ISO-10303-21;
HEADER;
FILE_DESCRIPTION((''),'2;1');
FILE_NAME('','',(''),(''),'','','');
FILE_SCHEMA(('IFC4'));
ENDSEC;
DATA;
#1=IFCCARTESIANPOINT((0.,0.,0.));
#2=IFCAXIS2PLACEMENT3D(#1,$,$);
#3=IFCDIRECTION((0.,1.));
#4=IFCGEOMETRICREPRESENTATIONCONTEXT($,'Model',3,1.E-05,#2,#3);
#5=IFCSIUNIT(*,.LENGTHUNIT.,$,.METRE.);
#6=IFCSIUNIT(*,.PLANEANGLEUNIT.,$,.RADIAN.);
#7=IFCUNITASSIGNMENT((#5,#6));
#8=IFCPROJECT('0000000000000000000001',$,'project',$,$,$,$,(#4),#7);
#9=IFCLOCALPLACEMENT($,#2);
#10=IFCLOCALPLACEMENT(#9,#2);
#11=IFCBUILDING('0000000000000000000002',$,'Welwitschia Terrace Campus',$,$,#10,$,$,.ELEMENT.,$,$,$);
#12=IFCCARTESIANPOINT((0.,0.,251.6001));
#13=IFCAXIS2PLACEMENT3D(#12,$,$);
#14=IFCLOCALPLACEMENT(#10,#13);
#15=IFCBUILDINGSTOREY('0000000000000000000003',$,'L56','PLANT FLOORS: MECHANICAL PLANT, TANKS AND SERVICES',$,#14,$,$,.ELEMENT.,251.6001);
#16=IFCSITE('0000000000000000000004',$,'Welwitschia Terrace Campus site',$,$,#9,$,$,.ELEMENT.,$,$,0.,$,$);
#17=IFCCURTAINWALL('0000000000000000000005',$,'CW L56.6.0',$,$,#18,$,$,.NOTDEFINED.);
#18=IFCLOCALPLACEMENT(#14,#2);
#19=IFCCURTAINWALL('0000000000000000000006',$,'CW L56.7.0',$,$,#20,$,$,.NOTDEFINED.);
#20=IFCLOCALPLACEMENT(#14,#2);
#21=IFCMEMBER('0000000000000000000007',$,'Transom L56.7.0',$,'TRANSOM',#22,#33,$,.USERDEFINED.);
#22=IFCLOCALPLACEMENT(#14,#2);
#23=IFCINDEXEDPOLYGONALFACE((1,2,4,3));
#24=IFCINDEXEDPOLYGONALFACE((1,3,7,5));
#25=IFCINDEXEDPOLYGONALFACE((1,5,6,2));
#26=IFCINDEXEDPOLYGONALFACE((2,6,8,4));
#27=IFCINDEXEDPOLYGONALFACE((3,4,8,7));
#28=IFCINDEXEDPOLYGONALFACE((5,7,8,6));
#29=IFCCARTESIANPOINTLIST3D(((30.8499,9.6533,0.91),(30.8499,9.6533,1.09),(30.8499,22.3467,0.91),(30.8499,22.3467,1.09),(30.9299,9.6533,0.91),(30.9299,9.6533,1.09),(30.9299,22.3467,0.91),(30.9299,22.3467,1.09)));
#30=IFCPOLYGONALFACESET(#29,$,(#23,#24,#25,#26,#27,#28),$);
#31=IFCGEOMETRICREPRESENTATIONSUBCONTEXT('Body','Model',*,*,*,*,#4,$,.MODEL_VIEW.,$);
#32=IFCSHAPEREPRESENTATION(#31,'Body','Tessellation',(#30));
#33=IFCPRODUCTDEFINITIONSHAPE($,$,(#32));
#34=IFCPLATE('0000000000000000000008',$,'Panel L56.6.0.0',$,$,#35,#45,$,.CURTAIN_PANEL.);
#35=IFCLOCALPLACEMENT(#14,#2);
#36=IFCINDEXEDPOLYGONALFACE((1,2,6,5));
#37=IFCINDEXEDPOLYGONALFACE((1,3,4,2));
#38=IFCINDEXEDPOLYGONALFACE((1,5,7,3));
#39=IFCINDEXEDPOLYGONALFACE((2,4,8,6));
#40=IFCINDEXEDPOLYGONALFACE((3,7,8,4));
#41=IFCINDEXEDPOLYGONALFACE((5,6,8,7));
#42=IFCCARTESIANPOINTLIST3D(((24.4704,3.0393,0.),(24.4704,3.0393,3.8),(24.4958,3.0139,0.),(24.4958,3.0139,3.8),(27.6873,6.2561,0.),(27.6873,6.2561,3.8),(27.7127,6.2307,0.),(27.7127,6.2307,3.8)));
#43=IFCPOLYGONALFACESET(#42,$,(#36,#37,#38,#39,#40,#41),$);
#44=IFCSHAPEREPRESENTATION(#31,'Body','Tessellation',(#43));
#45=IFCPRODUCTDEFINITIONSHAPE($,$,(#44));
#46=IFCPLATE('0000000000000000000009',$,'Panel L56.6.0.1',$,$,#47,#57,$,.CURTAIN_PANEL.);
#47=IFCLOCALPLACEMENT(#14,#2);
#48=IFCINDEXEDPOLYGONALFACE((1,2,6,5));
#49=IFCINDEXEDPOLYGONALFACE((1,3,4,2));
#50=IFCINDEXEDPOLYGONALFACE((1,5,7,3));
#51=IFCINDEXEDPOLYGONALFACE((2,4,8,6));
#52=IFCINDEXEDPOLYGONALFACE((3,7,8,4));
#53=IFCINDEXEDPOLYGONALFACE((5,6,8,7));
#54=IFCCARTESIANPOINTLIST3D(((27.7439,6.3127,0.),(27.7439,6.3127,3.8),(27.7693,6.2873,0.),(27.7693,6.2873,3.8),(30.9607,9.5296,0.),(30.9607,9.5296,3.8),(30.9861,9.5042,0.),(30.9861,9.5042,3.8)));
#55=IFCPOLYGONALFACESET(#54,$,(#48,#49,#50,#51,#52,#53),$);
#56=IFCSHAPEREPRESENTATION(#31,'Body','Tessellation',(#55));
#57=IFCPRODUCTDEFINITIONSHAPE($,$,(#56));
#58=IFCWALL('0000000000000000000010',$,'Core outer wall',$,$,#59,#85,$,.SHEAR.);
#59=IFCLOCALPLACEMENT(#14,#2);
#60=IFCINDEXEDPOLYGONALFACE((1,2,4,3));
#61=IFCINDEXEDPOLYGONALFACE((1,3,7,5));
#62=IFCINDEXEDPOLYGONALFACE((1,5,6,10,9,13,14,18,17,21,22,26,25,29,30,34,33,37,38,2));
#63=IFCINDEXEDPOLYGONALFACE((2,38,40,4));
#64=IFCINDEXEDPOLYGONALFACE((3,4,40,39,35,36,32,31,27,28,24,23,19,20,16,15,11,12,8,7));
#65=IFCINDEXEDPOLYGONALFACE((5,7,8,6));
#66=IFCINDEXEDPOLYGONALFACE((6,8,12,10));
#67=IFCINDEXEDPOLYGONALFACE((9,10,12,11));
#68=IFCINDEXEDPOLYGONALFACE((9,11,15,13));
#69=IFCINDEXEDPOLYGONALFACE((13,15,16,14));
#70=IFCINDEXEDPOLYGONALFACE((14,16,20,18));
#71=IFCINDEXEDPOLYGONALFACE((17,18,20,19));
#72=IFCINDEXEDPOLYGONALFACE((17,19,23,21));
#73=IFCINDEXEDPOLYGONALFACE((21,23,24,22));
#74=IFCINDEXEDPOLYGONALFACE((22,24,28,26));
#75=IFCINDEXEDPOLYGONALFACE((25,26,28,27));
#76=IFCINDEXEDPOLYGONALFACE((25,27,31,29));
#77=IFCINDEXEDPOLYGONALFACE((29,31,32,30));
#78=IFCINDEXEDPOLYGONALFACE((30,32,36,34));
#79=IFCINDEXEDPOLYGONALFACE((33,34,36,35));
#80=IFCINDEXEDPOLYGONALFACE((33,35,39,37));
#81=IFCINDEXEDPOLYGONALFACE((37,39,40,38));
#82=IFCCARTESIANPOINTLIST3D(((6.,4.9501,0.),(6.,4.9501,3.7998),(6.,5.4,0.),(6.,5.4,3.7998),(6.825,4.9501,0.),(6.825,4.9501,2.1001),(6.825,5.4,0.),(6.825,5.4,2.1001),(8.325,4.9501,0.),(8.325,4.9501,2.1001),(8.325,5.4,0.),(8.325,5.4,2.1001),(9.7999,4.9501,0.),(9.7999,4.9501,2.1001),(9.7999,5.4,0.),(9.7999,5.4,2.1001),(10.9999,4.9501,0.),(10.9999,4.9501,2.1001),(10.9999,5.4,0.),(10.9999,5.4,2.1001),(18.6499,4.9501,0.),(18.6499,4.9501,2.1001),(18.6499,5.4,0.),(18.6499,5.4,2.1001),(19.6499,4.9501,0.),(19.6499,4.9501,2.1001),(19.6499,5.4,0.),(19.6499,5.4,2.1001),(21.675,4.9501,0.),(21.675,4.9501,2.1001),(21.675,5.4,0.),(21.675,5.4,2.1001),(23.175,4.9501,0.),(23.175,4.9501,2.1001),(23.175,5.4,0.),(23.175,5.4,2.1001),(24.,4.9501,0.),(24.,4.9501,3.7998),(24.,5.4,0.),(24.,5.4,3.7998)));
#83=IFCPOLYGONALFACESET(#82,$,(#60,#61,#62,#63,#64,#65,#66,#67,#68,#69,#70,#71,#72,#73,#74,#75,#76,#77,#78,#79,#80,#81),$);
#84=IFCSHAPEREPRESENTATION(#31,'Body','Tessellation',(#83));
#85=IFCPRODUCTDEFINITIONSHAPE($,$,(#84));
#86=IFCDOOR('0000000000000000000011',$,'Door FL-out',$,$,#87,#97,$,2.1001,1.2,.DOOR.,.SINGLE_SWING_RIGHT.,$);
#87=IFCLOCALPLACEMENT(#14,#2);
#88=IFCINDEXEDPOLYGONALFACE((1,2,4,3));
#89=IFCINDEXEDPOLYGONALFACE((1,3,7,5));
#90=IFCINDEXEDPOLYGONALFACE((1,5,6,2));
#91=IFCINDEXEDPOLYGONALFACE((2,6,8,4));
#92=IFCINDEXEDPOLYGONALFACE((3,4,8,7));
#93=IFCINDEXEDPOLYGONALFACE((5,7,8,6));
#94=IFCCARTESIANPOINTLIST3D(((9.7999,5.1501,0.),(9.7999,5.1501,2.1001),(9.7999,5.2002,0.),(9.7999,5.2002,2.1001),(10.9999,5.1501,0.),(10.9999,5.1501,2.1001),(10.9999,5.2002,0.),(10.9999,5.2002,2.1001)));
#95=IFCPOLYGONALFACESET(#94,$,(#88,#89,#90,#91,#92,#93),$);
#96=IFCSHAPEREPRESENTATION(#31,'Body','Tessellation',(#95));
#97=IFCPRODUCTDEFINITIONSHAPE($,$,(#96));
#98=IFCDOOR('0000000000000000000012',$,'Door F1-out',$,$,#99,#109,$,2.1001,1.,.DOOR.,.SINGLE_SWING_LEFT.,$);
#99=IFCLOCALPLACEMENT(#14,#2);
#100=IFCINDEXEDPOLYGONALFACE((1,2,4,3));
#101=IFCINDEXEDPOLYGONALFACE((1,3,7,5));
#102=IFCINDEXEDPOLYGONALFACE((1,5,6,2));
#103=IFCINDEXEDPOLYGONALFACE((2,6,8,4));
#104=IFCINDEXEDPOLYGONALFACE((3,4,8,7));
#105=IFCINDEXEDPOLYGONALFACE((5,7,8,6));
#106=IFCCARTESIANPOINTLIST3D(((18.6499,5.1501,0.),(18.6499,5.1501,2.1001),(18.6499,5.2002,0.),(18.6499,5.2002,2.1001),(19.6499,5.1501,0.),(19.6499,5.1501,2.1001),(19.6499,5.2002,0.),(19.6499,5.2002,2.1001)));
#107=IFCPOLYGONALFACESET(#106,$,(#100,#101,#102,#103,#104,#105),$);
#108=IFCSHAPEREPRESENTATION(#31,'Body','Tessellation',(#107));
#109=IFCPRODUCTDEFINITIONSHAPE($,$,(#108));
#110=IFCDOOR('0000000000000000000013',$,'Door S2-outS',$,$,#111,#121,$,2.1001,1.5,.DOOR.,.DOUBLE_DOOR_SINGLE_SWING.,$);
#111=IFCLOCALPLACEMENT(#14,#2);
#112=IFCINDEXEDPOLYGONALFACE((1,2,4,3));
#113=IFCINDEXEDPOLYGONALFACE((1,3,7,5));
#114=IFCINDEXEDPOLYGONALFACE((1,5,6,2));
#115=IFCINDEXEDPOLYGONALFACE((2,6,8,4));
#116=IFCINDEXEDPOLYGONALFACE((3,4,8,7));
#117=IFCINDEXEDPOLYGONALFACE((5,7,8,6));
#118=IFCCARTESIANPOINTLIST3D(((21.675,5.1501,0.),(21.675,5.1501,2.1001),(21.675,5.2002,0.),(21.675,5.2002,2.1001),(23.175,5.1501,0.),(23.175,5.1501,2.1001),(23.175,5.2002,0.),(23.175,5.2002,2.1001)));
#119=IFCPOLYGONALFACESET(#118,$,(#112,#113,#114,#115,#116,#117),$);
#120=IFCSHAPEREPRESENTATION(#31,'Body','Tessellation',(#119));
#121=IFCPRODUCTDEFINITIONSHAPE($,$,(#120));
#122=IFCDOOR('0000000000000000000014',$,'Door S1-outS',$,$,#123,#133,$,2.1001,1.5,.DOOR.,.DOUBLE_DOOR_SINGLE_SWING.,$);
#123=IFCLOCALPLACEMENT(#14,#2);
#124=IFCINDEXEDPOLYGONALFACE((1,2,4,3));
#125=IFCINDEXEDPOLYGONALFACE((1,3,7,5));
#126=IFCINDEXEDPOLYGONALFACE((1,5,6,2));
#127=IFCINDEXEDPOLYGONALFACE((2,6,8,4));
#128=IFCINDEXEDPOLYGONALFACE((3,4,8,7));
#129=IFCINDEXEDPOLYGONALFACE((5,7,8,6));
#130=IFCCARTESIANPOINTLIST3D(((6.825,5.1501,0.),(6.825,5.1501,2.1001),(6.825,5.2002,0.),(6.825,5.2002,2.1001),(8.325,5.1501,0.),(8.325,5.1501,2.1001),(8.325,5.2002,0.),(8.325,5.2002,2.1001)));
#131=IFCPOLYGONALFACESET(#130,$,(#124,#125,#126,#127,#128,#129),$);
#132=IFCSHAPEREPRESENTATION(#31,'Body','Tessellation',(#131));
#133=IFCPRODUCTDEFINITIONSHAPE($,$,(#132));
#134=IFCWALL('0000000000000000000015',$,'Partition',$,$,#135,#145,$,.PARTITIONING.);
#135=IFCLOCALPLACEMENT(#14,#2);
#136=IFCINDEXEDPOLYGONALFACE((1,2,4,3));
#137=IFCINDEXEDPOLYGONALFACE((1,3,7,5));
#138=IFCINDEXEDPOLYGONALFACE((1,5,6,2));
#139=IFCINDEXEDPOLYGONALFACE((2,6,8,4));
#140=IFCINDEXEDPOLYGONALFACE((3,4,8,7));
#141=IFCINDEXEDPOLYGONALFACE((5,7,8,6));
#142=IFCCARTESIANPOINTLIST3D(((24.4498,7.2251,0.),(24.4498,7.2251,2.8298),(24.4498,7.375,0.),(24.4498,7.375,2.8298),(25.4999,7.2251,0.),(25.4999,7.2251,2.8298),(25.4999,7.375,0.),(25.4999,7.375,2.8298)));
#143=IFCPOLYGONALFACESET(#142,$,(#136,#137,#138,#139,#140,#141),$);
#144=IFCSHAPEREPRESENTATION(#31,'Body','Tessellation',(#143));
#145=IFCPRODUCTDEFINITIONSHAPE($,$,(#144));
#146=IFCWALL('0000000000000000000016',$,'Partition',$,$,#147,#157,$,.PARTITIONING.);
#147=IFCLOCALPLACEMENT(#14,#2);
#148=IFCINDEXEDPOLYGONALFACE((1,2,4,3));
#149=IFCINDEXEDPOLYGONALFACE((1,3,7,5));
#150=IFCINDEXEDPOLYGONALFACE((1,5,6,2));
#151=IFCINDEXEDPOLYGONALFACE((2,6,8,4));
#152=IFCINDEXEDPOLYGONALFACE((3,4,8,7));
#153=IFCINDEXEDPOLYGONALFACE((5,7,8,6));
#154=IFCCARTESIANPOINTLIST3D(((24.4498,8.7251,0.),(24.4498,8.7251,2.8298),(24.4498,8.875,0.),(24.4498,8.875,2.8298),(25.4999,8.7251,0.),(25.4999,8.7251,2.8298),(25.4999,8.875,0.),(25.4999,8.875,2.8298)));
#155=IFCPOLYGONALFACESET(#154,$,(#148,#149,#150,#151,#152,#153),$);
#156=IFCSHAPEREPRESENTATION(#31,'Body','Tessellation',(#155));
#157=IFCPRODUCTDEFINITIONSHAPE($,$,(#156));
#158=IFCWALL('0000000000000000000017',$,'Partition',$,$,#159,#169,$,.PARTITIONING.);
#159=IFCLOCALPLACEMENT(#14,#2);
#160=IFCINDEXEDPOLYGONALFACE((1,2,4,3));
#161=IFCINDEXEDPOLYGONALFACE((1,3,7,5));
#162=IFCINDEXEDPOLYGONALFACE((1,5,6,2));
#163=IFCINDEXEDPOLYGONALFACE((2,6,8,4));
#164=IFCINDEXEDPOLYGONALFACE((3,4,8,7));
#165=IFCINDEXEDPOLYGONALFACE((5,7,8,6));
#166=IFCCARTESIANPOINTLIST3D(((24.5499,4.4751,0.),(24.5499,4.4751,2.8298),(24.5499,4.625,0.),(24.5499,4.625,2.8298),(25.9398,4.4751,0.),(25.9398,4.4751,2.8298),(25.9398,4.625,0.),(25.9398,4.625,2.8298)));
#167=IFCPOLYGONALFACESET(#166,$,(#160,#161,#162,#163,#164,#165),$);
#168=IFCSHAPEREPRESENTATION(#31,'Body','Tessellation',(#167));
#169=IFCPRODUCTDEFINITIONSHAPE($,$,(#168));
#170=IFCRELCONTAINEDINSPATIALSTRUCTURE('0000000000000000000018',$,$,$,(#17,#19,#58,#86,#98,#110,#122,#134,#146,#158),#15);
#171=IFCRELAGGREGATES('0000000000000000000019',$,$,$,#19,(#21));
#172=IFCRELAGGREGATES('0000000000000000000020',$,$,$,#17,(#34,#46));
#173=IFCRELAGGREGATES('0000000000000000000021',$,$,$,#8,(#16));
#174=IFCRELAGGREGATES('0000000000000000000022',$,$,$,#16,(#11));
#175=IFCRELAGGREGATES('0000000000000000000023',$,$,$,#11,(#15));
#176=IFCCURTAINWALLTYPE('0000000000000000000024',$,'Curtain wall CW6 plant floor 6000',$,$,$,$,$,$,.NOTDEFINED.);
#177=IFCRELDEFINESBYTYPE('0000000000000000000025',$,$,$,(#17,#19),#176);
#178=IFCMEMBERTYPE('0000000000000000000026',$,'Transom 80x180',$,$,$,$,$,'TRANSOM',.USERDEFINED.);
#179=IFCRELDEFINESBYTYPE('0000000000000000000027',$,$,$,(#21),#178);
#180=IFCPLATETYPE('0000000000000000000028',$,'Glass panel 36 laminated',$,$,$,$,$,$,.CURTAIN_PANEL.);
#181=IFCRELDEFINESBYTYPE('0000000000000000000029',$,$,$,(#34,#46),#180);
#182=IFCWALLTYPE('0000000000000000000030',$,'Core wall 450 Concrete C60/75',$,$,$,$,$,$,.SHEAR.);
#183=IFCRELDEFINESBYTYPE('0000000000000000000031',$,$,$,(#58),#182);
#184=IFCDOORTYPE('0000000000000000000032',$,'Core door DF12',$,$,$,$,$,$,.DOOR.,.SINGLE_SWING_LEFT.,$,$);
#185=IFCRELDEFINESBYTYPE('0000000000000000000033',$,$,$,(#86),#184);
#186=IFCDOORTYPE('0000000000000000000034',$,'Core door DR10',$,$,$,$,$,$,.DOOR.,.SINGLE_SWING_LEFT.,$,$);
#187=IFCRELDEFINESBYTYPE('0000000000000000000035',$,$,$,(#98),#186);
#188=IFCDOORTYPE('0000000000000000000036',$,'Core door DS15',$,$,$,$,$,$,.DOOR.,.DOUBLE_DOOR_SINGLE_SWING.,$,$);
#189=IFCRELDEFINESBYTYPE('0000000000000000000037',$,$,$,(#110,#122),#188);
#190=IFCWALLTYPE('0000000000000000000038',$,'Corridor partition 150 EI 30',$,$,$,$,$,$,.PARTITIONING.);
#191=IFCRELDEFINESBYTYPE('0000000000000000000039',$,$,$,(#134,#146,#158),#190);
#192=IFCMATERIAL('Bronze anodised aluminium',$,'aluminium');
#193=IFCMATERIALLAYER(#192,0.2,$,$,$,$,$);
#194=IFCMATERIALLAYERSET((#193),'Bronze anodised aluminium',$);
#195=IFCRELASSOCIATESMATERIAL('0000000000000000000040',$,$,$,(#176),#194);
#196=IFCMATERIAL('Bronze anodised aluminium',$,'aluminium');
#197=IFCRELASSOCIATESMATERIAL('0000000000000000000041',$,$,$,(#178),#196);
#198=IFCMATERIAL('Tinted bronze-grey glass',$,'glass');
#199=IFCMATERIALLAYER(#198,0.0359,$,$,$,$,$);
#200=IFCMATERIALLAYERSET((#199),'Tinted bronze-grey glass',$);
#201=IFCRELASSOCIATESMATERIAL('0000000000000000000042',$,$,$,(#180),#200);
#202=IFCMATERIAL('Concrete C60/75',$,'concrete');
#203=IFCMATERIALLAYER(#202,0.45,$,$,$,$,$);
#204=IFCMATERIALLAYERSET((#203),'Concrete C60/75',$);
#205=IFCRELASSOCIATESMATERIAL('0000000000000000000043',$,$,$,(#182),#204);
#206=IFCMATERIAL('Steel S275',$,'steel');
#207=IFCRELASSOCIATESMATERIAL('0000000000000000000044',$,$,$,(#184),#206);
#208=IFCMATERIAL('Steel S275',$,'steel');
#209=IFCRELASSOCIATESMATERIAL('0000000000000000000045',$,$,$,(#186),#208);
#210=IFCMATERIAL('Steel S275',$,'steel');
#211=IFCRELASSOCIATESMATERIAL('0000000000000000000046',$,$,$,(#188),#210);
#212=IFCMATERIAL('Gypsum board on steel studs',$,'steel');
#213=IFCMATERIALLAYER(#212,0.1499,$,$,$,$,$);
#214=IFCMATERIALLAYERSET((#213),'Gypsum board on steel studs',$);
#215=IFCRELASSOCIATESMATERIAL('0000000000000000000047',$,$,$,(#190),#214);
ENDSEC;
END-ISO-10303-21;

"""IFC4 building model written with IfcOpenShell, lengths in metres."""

from ifc_helpers import new_model, si_unit, direction, frame, frame_2d, origin, origin_2d, place, context, subcontext, project, spatial, rectangle, extrude, material, layer, layer_set, material_profile, profile_set, type_object, element, fill, aggregate, save


model = new_model("IFC4")

# Units and contexts
model_context = context("Model", 3, precision=1e-05, world=origin(), true_north=direction((0.0, 1.0)))
body_context = subcontext(model_context, "Body", "Model", "MODEL_VIEW")
ifc_project = project(units=[si_unit("LENGTHUNIT", "METRE"), si_unit("PLANEANGLEUNIT", "RADIAN")], contexts=[model_context])

# Site, building, storey
site_placement = place(None, origin())
site = spatial("IfcSite", under=ifc_project, at=site_placement, Name="Welwitschia Terrace Campus site", CompositionType="ELEMENT", RefElevation=0.0)
building_placement = place(site_placement, origin())
building = spatial("IfcBuilding", under=site, at=building_placement, Name="Welwitschia Terrace Campus", CompositionType="ELEMENT")
storey_placement = place(building_placement, frame((0.0, 0.0, 251.6001)))
storey = spatial("IfcBuildingStorey", under=building, at=storey_placement, Name="L56", Description="PLANT FLOORS: MECHANICAL PLANT, TANKS AND SERVICES", CompositionType="ELEMENT", Elevation=251.6001)

# Shared definitions
ifc_material_1 = material(Name="Bronze anodised aluminium", Category="aluminium")
ifc_layer_1 = layer(ifc_material_1, 0.2)
ifc_layer_set_1 = layer_set([ifc_layer_1], Name="Bronze anodised aluminium")
curtain_wall_type = type_object("IfcCurtainWallType", Name="Curtain wall CW6 plant floor 6000", PredefinedType="NOTDEFINED", material=ifc_layer_set_1)

# Curtain wall
curtain_wall_1_placement = place(storey_placement, origin())
curtain_wall_1 = element("IfcCurtainWall", 1, at=curtain_wall_1_placement, inside=storey, type_object=curtain_wall_type, Name="CW L56.6.0", PredefinedType="NOTDEFINED")

# Curtain wall
curtain_wall_2_placement = place(storey_placement, origin())
curtain_wall_2 = element("IfcCurtainWall", 2, at=curtain_wall_2_placement, inside=storey, type_object=curtain_wall_type, Name="CW L56.7.0", PredefinedType="NOTDEFINED")

# Member
ifc_material_2 = material(Name="Bronze anodised aluminium", Category="aluminium")
ifc_material_profile_1 = material_profile(ifc_material_2, rectangle(XDim=0.0801, YDim=0.1799, at=origin_2d()))
ifc_profile_set_1 = profile_set([ifc_material_profile_1], Name="Bronze anodised aluminium")
member_type_1 = type_object("IfcMemberType", Name="Transom 80x180", ElementType="TRANSOM", PredefinedType="USERDEFINED", material=ifc_profile_set_1)
member_1_placement = place(storey_placement, frame((30.8899, 9.6533, 1.0), z_axis=(0.0, 1.0, 0.0), x_axis=(-1.0, 0.0, 0.0)))
member_1 = element("IfcMember", 3, at=member_1_placement, type_object=member_type_1, Name="Transom L56.7.0", ObjectType="TRANSOM", PredefinedType="USERDEFINED", context=body_context, shape_type="SweptSolid", body=[
    extrude(rectangle(XDim=0.0801, YDim=0.1799, at=origin_2d()), origin(), (0.0, 0.0, 1.0), 12.6934),
])
aggregate(curtain_wall_2, [member_1])

# Plates
ifc_material_3 = material(Name="Tinted bronze-grey glass", Category="glass")
ifc_layer_2 = layer(ifc_material_3, 0.0359)
ifc_layer_set_2 = layer_set([ifc_layer_2], Name="Tinted bronze-grey glass")
plate_type = type_object("IfcPlateType", Name="Glass panel 36 laminated", PredefinedType="CURTAIN_PANEL", material=ifc_layer_set_2)
plate_1_placement = place(storey_placement, frame((26.0916, 4.635, 0.0), z_axis=(0.0, 0.0, 1.0), x_axis=(0.707107, 0.707107, 0.0)))
plate_1 = element("IfcPlate", 4, at=plate_1_placement, type_object=plate_type, Name="Panel L56.6.0.0", PredefinedType="CURTAIN_PANEL", context=body_context, shape_type="SweptSolid", body=[
    extrude(rectangle(XDim=4.5493, YDim=0.0359, at=origin_2d()), origin(), (0.0, 0.0, 1.0), 3.8),
])
plate_2_placement = place(storey_placement, frame((29.365, 7.9084, 0.0), z_axis=(0.0, 0.0, 1.0), x_axis=(0.707107, 0.707107, 0.0)))
plate_2 = element("IfcPlate", 5, at=plate_2_placement, type_object=plate_type, Name="Panel L56.6.0.1", PredefinedType="CURTAIN_PANEL", context=body_context, shape_type="SweptSolid", body=[
    extrude(rectangle(XDim=4.5493, YDim=0.0359, at=origin_2d()), origin(), (0.0, 0.0, 1.0), 3.8),
])
aggregate(curtain_wall_1, [plate_1, plate_2])

# Wall, openings, doors
ifc_material_4 = material(Name="Concrete C60/75", Category="concrete")
ifc_layer_3 = layer(ifc_material_4, 0.45)
ifc_layer_set_3 = layer_set([ifc_layer_3], Name="Concrete C60/75")
wall_type_1 = type_object("IfcWallType", Name="Core wall 450 Concrete C60/75", PredefinedType="SHEAR", material=ifc_layer_set_3)
wall_1_placement = place(storey_placement, frame((24.0, 5.175, 0.0), z_axis=(0.0, 0.0, 1.0), x_axis=(-1.0, 0.0, 0.0)))
wall_1 = element("IfcWall", 6, at=wall_1_placement, inside=storey, type_object=wall_type_1, Name="Core outer wall", PredefinedType="SHEAR", context=body_context, shape_type="SweptSolid", body=[
    extrude(rectangle(XDim=18.0, YDim=0.45, at=frame_2d((9.0, 0.0))), origin(), (0.0, 0.0, 1.0), 3.7998),
])
opening_1_placement = place(wall_1_placement, frame((0.825, 0.0, 0.0)))
opening_1 = element("IfcOpeningElement", 7, at=opening_1_placement, cuts=wall_1, PredefinedType="OPENING", context=body_context, shape_type="SweptSolid", body=[
    extrude(rectangle(XDim=1.5, YDim=2.1001, at=frame_2d((0.75, 1.05))), frame((0.0, 0.2349, 0.0), z_axis=(0.0, -1.0, 0.0), x_axis=(1.0, 0.0, 0.0)), (0.0, 0.0, 1.0), 0.47),
])
opening_2_placement = place(wall_1_placement, frame((15.675, 0.0, 0.0)))
opening_2 = element("IfcOpeningElement", 8, at=opening_2_placement, cuts=wall_1, PredefinedType="OPENING", context=body_context, shape_type="SweptSolid", body=[
    extrude(rectangle(XDim=1.5, YDim=2.1001, at=frame_2d((0.75, 1.05))), frame((0.0, 0.2349, 0.0), z_axis=(0.0, -1.0, 0.0), x_axis=(1.0, 0.0, 0.0)), (0.0, 0.0, 1.0), 0.47),
])
opening_3_placement = place(wall_1_placement, frame((13.0, 0.0, 0.0)))
opening_3 = element("IfcOpeningElement", 9, at=opening_3_placement, cuts=wall_1, PredefinedType="OPENING", context=body_context, shape_type="SweptSolid", body=[
    extrude(rectangle(XDim=1.2, YDim=2.1001, at=frame_2d((0.6001, 1.05))), frame((0.0, 0.2349, 0.0), z_axis=(0.0, -1.0, 0.0), x_axis=(1.0, 0.0, 0.0)), (0.0, 0.0, 1.0), 0.47),
])
opening_4_placement = place(wall_1_placement, frame((4.3501, 0.0, 0.0)))
opening_4 = element("IfcOpeningElement", 10, at=opening_4_placement, cuts=wall_1, PredefinedType="OPENING", context=body_context, shape_type="SweptSolid", body=[
    extrude(rectangle(XDim=1.0, YDim=2.1001, at=frame_2d((0.5, 1.05))), frame((0.0, 0.2349, 0.0), z_axis=(0.0, -1.0, 0.0), x_axis=(1.0, 0.0, 0.0)), (0.0, 0.0, 1.0), 0.47),
])
ifc_material_5 = material(Name="Steel S275", Category="steel")
door_type_1 = type_object("IfcDoorType", Name="Core door DF12", OperationType="SINGLE_SWING_LEFT", PredefinedType="DOOR", material=ifc_material_5)
door_1_placement = place(opening_3_placement, origin())
door_1 = element("IfcDoor", 11, at=door_1_placement, inside=storey, type_object=door_type_1, Name="Door FL-out", OperationType="SINGLE_SWING_RIGHT", OverallHeight=2.1001, OverallWidth=1.2, PredefinedType="DOOR", context=body_context, shape_type="SweptSolid", body=[
    extrude(rectangle(XDim=1.2, YDim=2.1001, at=frame_2d((0.6001, 1.05))), frame((0.0, 0.0249, 0.0), z_axis=(0.0, -1.0, 0.0), x_axis=(1.0, 0.0, 0.0)), (0.0, 0.0, 1.0), 0.05),
])
fill(opening_3, door_1)
ifc_material_6 = material(Name="Steel S275", Category="steel")
door_type_2 = type_object("IfcDoorType", Name="Core door DR10", OperationType="SINGLE_SWING_LEFT", PredefinedType="DOOR", material=ifc_material_6)
door_2_placement = place(opening_4_placement, origin())
door_2 = element("IfcDoor", 12, at=door_2_placement, inside=storey, type_object=door_type_2, Name="Door F1-out", OperationType="SINGLE_SWING_LEFT", OverallHeight=2.1001, OverallWidth=1.0, PredefinedType="DOOR", context=body_context, shape_type="SweptSolid", body=[
    extrude(rectangle(XDim=1.0, YDim=2.1001, at=frame_2d((0.5, 1.05))), frame((0.0, 0.0249, 0.0), z_axis=(0.0, -1.0, 0.0), x_axis=(1.0, 0.0, 0.0)), (0.0, 0.0, 1.0), 0.05),
])
fill(opening_4, door_2)
ifc_material_7 = material(Name="Steel S275", Category="steel")
door_type_3 = type_object("IfcDoorType", Name="Core door DS15", OperationType="DOUBLE_DOOR_SINGLE_SWING", PredefinedType="DOOR", material=ifc_material_7)
door_3_placement = place(opening_1_placement, origin())
door_3 = element("IfcDoor", 13, at=door_3_placement, inside=storey, type_object=door_type_3, Name="Door S2-outS", OperationType="DOUBLE_DOOR_SINGLE_SWING", OverallHeight=2.1001, OverallWidth=1.5, PredefinedType="DOOR", context=body_context, shape_type="SweptSolid", body=[
    extrude(rectangle(XDim=1.5, YDim=2.1001, at=frame_2d((0.75, 1.05))), frame((0.0, 0.0249, 0.0), z_axis=(0.0, -1.0, 0.0), x_axis=(1.0, 0.0, 0.0)), (0.0, 0.0, 1.0), 0.05),
])
fill(opening_1, door_3)
door_4_placement = place(opening_2_placement, origin())
door_4 = element("IfcDoor", 14, at=door_4_placement, inside=storey, type_object=door_type_3, Name="Door S1-outS", OperationType="DOUBLE_DOOR_SINGLE_SWING", OverallHeight=2.1001, OverallWidth=1.5, PredefinedType="DOOR", context=body_context, shape_type="SweptSolid", body=[
    extrude(rectangle(XDim=1.5, YDim=2.1001, at=frame_2d((0.75, 1.05))), frame((0.0, 0.0249, 0.0), z_axis=(0.0, -1.0, 0.0), x_axis=(1.0, 0.0, 0.0)), (0.0, 0.0, 1.0), 0.05),
])
fill(opening_2, door_4)

# Walls
ifc_material_8 = material(Name="Gypsum board on steel studs", Category="steel")
ifc_layer_4 = layer(ifc_material_8, 0.1499)
ifc_layer_set_4 = layer_set([ifc_layer_4], Name="Gypsum board on steel studs")
wall_type_2 = type_object("IfcWallType", Name="Corridor partition 150 EI 30", PredefinedType="PARTITIONING", material=ifc_layer_set_4)
for number, where, z_axis, x_axis, name in (
    (15, (24.45, 7.3, 0.0), (0.0, 0.0, 1.0), (1.0, 0.0, 0.0), "Partition"),
    (16, (24.45, 8.8, 0.0), (0.0, 0.0, 1.0), (1.0, 0.0, 0.0), "Partition"),
):
    element("IfcWall", number, at=place(storey_placement, frame(where, z_axis=z_axis, x_axis=x_axis)), inside=storey, type_object=wall_type_2, Name=name, PredefinedType="PARTITIONING", context=body_context, shape_type="SweptSolid", body=[
        extrude(rectangle(XDim=1.05, YDim=0.1499, at=frame_2d((0.5249, 0.0))), origin(), (0.0, 0.0, 1.0), 2.8298),
    ])
wall_2_placement = place(storey_placement, frame((24.55, 4.55, 0.0), z_axis=(0.0, 0.0, 1.0), x_axis=(1.0, 0.0, 0.0)))
element("IfcWall", 17, at=wall_2_placement, inside=storey, type_object=wall_type_2, Name="Partition", PredefinedType="PARTITIONING", context=body_context, shape_type="SweptSolid", body=[
    extrude(rectangle(XDim=1.3899, YDim=0.1499, at=frame_2d((0.6948, 0.0))), origin(), (0.0, 0.0, 1.0), 2.8298),
])

save(model, "model.ifc")
